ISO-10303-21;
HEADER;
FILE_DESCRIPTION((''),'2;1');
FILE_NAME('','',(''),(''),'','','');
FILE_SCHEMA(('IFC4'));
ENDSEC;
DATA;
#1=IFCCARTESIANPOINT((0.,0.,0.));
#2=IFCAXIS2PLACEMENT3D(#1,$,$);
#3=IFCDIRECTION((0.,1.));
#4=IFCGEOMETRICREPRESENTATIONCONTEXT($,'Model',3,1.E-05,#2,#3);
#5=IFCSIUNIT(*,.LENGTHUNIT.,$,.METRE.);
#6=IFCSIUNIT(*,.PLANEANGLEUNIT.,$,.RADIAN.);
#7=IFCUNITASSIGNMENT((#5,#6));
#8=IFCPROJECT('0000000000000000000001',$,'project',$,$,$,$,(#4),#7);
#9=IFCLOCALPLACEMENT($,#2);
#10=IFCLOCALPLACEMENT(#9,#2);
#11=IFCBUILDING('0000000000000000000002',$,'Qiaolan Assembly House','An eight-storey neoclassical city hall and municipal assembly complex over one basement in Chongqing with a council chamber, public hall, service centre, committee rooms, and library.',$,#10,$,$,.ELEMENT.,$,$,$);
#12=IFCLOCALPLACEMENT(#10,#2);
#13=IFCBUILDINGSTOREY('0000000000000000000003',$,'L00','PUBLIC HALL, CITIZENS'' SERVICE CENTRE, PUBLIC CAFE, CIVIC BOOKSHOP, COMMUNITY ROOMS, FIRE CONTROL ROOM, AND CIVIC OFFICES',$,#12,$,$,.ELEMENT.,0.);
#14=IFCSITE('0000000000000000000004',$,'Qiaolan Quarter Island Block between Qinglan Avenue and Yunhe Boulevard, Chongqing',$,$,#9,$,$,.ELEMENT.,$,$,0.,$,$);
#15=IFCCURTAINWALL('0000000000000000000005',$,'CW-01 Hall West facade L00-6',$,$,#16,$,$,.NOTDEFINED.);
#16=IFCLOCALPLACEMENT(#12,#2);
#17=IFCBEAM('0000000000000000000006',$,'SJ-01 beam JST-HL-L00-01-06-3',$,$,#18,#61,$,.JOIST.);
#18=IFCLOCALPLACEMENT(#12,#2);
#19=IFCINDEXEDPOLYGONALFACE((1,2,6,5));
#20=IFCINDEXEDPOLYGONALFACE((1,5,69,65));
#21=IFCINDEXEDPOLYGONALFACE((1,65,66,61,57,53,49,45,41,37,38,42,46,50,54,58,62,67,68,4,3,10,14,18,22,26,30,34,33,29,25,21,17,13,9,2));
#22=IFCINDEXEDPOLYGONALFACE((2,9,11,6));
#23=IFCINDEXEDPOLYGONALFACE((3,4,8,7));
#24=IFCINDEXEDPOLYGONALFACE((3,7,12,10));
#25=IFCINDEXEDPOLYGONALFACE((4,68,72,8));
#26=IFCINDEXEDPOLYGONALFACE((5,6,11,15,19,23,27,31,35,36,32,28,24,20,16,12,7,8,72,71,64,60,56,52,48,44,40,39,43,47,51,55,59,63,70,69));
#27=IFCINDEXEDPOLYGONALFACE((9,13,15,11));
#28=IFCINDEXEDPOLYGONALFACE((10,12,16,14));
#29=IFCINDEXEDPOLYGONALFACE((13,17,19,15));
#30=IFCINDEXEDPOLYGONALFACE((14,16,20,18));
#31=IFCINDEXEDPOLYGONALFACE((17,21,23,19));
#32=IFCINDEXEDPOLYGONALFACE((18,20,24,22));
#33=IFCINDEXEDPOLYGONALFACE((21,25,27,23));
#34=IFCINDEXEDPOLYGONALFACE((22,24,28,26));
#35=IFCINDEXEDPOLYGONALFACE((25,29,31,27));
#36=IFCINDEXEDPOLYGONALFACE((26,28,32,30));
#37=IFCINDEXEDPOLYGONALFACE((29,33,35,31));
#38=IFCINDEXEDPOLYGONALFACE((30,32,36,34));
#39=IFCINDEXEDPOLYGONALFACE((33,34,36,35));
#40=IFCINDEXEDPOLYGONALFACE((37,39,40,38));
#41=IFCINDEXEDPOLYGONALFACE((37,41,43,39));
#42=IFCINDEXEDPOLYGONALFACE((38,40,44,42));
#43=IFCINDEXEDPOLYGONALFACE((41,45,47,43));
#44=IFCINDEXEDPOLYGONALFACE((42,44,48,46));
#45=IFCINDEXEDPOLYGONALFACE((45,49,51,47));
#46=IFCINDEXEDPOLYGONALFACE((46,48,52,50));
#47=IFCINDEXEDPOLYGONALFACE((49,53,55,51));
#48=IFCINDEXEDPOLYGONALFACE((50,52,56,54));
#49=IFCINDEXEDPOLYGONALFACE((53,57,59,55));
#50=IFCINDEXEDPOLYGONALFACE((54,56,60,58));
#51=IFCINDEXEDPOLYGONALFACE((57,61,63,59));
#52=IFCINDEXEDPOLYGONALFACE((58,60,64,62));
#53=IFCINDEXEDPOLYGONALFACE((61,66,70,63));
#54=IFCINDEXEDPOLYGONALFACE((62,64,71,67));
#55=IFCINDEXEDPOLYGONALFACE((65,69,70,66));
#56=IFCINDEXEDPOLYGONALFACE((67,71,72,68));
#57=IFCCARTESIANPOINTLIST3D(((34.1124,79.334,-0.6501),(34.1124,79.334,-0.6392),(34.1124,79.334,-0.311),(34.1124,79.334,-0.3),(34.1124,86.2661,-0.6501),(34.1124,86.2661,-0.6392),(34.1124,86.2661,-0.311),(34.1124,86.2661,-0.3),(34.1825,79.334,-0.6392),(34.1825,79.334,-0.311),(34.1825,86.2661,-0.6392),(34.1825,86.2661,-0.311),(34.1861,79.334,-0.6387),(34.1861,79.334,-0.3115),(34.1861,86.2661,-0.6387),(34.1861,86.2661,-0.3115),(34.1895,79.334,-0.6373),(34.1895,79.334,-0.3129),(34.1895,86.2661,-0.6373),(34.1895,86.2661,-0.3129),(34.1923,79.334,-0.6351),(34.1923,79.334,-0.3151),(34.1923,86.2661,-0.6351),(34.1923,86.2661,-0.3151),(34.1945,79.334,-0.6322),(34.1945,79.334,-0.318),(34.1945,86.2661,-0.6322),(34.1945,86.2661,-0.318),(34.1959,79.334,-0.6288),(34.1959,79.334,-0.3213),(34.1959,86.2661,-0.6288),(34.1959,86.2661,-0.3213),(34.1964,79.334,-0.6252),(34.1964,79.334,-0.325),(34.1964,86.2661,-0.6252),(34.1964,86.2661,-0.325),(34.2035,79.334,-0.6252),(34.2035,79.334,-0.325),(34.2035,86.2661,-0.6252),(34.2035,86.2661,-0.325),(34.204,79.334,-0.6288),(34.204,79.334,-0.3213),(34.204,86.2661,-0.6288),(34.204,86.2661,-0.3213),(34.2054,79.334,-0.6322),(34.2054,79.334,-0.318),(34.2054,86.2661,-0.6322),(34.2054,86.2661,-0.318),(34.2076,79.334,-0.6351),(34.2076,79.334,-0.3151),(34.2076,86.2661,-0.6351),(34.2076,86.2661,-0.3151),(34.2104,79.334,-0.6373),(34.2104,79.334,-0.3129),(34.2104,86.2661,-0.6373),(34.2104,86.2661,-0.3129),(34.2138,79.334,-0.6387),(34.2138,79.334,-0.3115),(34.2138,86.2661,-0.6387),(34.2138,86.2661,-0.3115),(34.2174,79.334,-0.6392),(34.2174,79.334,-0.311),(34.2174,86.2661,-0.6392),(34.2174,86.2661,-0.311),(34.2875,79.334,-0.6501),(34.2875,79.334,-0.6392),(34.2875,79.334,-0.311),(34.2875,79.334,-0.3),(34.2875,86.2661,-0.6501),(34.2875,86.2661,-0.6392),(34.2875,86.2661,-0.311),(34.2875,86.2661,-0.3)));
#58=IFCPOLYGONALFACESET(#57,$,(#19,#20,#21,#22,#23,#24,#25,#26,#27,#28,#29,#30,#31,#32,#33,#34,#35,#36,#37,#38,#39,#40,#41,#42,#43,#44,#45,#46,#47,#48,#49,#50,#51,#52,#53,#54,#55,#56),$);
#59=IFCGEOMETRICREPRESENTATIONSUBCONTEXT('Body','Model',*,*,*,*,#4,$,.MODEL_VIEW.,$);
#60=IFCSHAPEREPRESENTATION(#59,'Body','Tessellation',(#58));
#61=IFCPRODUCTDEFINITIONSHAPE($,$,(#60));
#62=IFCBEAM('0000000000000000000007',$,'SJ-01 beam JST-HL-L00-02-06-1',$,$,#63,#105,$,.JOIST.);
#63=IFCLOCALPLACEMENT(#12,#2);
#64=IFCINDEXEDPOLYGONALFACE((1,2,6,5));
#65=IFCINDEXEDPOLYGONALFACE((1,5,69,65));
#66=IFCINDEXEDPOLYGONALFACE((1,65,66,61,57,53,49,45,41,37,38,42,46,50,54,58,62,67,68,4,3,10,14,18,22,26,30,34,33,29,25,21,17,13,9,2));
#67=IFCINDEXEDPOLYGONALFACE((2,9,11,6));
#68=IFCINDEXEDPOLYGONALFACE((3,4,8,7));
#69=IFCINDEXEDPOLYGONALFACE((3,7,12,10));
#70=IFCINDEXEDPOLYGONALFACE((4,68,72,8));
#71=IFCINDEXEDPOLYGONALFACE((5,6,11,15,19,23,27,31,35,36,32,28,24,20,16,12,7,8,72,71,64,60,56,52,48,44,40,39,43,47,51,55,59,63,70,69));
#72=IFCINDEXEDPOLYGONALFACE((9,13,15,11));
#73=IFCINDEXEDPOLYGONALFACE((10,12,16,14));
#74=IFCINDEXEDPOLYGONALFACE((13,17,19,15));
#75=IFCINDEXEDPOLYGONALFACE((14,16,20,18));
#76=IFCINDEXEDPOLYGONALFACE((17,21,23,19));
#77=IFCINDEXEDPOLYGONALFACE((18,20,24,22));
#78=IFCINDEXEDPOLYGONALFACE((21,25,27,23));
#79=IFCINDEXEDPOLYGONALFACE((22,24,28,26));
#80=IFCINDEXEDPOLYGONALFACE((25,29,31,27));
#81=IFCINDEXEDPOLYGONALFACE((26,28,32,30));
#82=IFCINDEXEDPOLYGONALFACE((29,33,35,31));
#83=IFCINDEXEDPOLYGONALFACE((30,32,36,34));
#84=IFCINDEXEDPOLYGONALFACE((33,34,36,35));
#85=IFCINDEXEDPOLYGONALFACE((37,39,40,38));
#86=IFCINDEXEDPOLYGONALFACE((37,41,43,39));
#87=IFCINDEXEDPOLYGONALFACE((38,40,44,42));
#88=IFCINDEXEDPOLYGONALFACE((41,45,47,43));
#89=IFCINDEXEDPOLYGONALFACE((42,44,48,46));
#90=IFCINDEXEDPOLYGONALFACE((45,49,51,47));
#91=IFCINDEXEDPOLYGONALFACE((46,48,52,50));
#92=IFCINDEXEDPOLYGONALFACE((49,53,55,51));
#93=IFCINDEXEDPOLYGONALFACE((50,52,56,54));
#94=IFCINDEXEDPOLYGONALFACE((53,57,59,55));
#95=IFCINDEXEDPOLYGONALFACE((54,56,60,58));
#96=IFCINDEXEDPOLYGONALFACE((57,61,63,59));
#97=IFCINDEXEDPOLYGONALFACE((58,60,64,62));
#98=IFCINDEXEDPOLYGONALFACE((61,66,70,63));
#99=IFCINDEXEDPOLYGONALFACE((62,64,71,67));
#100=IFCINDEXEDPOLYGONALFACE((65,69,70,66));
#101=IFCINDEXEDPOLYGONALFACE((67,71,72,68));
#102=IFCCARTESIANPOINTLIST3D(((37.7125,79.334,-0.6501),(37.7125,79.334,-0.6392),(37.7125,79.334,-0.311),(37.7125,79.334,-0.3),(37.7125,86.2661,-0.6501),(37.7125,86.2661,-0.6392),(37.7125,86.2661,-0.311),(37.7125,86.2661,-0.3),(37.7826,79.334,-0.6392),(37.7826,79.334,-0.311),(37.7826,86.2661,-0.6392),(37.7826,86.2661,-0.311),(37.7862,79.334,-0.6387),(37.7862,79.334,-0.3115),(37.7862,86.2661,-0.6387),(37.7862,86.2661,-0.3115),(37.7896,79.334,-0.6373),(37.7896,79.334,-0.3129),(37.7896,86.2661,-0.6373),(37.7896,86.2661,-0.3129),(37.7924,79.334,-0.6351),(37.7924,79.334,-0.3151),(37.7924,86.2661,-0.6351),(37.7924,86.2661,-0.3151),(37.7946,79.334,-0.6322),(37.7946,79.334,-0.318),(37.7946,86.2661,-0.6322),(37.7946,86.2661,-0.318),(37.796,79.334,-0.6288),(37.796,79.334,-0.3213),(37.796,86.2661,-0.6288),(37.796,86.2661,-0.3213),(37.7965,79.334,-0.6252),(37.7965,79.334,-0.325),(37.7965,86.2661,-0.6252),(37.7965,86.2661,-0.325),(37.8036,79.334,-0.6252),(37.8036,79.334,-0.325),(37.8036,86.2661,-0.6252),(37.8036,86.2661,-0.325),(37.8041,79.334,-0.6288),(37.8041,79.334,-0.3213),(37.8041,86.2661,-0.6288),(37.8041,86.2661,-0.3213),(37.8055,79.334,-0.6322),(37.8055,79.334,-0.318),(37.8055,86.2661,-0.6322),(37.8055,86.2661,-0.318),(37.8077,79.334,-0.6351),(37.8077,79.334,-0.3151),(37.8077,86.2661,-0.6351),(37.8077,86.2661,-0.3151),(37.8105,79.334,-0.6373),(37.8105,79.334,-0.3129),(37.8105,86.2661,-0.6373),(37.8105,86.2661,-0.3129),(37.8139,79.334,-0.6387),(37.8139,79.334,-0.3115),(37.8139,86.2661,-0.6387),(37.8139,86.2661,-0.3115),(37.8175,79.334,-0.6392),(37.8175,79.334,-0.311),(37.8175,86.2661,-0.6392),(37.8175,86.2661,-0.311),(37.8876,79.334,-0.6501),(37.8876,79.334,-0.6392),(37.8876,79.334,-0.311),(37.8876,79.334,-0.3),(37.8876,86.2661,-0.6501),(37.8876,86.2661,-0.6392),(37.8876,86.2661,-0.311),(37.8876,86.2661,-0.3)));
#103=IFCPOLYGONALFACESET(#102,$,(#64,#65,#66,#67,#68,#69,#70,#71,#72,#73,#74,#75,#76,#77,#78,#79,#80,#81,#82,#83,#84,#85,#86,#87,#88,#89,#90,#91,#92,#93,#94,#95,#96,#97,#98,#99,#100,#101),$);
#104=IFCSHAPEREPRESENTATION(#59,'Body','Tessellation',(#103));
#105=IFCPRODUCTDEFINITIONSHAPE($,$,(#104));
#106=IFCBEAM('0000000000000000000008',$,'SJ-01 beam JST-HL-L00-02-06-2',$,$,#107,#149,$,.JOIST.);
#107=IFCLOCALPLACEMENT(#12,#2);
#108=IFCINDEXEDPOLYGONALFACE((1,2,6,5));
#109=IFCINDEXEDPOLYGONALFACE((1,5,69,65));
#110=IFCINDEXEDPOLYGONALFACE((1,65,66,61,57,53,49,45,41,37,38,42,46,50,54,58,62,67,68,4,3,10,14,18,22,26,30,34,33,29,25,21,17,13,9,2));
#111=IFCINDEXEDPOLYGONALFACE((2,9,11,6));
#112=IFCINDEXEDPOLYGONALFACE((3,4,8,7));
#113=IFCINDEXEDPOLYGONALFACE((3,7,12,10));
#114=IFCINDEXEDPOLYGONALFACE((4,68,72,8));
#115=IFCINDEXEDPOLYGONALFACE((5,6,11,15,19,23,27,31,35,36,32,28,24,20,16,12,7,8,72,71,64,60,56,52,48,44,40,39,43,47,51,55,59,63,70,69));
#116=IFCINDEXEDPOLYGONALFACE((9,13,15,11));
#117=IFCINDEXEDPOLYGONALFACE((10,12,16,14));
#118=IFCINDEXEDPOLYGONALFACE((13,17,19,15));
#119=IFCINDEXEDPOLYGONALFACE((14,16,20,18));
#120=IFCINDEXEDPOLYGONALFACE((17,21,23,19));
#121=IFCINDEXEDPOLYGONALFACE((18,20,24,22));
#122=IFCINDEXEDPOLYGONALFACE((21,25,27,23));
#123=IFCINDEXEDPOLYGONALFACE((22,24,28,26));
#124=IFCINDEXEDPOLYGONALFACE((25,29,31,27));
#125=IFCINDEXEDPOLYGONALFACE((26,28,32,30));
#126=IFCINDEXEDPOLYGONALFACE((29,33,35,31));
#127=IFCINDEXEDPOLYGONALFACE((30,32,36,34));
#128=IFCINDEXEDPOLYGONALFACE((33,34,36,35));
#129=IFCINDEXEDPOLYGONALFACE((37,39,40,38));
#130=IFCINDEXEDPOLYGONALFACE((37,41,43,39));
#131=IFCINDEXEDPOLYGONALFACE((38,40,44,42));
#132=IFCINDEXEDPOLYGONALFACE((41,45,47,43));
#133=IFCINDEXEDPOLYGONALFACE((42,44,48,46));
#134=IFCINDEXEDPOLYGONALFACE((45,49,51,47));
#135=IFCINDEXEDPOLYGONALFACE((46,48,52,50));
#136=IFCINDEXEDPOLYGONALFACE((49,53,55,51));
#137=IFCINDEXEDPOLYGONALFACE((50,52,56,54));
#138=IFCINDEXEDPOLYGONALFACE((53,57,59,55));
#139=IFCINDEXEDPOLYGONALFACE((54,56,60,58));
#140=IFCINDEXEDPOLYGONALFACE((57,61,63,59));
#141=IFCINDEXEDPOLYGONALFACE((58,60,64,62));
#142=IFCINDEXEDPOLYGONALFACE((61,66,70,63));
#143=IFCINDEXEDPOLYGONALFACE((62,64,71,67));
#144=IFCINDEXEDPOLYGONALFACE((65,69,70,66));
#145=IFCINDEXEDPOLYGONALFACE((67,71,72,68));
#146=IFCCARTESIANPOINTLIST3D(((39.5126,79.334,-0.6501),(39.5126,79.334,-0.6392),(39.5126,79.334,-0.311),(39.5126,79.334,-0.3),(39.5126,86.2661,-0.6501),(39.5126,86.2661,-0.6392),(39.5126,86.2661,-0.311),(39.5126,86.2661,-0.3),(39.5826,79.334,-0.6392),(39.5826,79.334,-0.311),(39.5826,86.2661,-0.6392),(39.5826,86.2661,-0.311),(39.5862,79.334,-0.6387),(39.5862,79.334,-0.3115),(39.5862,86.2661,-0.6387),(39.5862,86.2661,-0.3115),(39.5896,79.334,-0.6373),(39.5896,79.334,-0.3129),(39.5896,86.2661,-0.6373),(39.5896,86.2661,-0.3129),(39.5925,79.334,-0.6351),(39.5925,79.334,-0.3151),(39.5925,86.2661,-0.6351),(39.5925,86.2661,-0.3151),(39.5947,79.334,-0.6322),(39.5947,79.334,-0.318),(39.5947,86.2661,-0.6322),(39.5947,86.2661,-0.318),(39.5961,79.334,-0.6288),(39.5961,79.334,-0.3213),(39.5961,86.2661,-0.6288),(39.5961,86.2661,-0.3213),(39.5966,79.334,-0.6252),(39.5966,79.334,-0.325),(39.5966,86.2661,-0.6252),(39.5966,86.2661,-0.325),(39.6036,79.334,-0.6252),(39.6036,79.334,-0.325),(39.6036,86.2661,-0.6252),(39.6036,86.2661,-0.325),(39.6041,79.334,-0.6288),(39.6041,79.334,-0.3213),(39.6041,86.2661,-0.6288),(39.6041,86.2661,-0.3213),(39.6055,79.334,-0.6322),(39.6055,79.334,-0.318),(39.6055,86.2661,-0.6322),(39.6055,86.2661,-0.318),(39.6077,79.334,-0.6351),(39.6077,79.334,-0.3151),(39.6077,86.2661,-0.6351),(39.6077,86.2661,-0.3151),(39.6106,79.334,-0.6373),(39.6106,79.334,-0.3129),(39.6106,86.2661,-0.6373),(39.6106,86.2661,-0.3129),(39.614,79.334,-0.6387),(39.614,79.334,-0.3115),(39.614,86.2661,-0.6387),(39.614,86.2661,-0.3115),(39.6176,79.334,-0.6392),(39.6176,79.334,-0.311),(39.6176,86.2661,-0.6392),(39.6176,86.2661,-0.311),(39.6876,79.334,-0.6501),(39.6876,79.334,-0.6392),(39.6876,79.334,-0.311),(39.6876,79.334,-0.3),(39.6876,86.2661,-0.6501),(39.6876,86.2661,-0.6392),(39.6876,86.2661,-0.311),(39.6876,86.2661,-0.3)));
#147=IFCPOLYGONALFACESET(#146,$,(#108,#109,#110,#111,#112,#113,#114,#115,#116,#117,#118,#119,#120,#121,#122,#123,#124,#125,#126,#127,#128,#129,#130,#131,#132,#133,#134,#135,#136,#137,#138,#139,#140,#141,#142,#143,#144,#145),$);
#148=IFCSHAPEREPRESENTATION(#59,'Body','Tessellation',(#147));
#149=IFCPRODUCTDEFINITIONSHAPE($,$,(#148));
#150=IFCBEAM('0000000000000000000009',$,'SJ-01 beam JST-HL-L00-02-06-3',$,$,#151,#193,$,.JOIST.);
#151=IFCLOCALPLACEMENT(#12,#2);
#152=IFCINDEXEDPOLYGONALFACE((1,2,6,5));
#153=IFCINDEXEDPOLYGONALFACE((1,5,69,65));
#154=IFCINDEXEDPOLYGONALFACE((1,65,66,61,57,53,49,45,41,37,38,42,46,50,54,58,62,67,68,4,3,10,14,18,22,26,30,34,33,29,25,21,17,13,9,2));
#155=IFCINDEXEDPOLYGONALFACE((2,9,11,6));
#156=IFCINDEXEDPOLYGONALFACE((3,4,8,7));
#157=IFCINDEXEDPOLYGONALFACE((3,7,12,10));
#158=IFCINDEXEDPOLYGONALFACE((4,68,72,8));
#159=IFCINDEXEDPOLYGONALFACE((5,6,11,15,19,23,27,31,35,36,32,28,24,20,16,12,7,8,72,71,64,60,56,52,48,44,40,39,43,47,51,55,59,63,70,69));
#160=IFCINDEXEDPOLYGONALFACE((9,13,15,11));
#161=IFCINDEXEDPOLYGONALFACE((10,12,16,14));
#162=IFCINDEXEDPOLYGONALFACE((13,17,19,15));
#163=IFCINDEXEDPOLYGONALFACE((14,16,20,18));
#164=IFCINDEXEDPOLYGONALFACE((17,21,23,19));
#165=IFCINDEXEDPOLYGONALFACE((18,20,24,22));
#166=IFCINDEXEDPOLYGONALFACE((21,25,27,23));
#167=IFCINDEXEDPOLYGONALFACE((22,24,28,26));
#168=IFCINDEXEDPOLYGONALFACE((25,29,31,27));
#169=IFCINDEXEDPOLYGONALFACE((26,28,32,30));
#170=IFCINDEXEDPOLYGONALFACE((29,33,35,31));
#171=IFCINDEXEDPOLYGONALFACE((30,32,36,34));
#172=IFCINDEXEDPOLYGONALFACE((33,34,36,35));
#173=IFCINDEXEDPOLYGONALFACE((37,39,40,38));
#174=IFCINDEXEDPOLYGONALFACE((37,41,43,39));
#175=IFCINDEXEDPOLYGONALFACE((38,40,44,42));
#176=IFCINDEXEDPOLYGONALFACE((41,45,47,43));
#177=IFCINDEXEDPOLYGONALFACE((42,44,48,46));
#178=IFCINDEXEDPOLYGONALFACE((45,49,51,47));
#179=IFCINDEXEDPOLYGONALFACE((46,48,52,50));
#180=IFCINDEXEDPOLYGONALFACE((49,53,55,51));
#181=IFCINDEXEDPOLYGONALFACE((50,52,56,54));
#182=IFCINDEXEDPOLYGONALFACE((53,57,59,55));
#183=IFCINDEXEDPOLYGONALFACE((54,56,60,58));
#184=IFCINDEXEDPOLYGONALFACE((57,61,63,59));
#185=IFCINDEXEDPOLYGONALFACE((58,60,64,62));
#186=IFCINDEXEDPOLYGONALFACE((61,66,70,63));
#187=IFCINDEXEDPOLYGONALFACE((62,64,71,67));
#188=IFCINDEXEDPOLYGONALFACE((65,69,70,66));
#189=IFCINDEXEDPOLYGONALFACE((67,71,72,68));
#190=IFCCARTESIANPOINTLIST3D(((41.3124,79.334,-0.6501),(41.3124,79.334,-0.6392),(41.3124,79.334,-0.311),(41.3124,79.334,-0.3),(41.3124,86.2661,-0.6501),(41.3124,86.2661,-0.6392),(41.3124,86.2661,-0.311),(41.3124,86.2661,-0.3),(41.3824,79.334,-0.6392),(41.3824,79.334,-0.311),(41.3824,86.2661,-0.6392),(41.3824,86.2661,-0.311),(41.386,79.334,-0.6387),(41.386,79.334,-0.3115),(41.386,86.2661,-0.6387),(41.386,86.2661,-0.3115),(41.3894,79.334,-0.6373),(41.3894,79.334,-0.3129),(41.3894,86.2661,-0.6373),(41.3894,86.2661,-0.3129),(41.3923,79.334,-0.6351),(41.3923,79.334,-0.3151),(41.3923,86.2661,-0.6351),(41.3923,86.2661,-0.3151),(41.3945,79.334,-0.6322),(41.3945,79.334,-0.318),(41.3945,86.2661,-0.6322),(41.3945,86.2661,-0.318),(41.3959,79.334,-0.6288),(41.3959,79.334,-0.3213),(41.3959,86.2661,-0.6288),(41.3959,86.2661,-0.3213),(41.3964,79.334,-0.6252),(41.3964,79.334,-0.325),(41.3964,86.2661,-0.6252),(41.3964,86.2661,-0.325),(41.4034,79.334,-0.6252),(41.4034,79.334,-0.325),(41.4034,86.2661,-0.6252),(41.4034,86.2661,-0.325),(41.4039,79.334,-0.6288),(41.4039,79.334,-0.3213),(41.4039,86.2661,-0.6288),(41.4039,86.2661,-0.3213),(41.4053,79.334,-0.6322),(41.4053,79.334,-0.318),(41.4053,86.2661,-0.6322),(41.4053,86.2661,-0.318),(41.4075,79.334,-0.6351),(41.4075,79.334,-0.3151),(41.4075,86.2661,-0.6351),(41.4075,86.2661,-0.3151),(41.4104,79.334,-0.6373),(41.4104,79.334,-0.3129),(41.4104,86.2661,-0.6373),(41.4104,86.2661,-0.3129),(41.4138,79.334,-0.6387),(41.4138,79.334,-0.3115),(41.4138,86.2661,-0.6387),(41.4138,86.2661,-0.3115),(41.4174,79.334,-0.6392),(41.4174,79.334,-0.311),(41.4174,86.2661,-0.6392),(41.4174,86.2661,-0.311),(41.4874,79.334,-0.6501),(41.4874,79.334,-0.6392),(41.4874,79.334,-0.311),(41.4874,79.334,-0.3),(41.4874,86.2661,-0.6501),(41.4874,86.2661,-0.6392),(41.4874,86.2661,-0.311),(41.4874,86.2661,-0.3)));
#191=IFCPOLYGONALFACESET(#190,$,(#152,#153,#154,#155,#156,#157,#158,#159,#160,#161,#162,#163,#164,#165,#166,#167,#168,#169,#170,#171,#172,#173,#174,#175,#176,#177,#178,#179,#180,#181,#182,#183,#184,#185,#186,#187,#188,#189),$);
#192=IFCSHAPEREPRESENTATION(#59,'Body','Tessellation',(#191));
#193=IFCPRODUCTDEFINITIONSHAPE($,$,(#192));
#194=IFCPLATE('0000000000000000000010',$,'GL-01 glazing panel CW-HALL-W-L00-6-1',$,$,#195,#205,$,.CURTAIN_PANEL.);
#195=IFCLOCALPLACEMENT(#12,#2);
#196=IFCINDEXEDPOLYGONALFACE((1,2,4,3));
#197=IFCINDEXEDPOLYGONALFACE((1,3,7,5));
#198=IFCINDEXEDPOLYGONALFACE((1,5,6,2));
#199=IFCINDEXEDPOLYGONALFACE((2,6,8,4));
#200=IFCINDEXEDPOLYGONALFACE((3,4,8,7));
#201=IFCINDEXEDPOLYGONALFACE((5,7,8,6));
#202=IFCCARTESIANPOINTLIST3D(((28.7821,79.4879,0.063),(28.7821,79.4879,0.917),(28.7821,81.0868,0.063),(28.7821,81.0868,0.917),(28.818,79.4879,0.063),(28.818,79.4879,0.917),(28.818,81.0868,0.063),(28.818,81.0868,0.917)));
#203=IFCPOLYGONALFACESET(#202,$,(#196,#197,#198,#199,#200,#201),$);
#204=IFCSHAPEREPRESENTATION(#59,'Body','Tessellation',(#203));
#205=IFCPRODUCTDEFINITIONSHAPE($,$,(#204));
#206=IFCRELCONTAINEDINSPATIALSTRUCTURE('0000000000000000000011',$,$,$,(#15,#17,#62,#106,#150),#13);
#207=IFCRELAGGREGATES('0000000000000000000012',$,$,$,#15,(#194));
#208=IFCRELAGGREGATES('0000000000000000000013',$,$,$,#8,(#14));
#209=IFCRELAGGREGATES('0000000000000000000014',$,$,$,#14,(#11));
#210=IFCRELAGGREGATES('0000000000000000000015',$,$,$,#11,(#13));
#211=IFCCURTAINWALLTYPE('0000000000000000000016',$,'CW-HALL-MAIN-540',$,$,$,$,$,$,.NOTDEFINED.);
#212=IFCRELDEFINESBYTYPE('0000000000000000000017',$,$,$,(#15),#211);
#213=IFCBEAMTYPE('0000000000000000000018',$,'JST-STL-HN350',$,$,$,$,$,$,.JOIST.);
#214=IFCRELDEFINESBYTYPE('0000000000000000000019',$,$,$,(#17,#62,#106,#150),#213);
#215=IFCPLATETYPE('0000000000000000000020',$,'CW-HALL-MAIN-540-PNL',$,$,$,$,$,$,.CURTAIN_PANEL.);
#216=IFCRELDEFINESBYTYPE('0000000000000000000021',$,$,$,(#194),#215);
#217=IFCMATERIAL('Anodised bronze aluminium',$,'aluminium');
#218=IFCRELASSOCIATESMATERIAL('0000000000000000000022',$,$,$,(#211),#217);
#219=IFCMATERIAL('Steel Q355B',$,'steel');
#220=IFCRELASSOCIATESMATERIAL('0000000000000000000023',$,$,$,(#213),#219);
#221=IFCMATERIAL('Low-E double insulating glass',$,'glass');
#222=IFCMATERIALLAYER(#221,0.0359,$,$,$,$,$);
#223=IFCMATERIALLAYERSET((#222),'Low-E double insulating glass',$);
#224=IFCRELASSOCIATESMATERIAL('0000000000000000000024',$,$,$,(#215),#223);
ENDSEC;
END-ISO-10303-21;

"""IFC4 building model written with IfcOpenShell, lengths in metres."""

from ifc_helpers import new_model, si_unit, direction, frame, frame_2d, origin, origin_2d, place, context, subcontext, project, spatial, rectangle, i_section, extrude, material, layer, layer_set, material_profile, profile_set, type_object, element, aggregate, save


model = new_model("IFC4")

# Units and contexts
model_context = context("Model", 3, precision=1e-05, world=origin(), true_north=direction((0.0, 1.0)))
body_context = subcontext(model_context, "Body", "Model", "MODEL_VIEW")
ifc_project = project(units=[si_unit("LENGTHUNIT", "METRE"), si_unit("PLANEANGLEUNIT", "RADIAN")], contexts=[model_context])

# Site, building, storey
site_placement = place(None, origin())
site = spatial("IfcSite", under=ifc_project, at=site_placement, Name="Qiaolan Quarter Island Block between Qinglan Avenue and Yunhe Boulevard, Chongqing", CompositionType="ELEMENT", RefElevation=0.0)
building_placement = place(site_placement, origin())
building = spatial("IfcBuilding", under=site, at=building_placement, Name="Qiaolan Assembly House", Description="An eight-storey neoclassical city hall and municipal assembly complex over one basement in Chongqing with a council chamber, public hall, service centre, committee rooms, and library.", CompositionType="ELEMENT")
storey_placement = place(building_placement, origin())
storey = spatial("IfcBuildingStorey", under=building, at=storey_placement, Name="L00", Description="PUBLIC HALL, CITIZENS' SERVICE CENTRE, PUBLIC CAFE, CIVIC BOOKSHOP, COMMUNITY ROOMS, FIRE CONTROL ROOM, AND CIVIC OFFICES", CompositionType="ELEMENT", Elevation=0.0)

# Shared definitions
ifc_material_1 = material(Name="Steel Q355B", Category="steel")

# Shared definitions
ifc_material_2 = material(Name="Anodised bronze aluminium", Category="aluminium")
curtain_wall_type = type_object("IfcCurtainWallType", Name="CW-HALL-MAIN-540", PredefinedType="NOTDEFINED", material=ifc_material_2)

# Curtain wall
curtain_wall_1_placement = place(storey_placement, origin())
curtain_wall_1 = element("IfcCurtainWall", 1, at=curtain_wall_1_placement, inside=storey, type_object=curtain_wall_type, Name="CW-01 Hall West facade L00-6", PredefinedType="NOTDEFINED")

# Beams
ifc_material_profile_1 = material_profile(ifc_material_1, i_section(OverallWidth=0.175, OverallDepth=0.3501, WebThickness=0.0071, FlangeThickness=0.011, FilletRadius=0.0139, at=origin_2d()), Name="HN 350x175x7x11")
ifc_profile_set_1 = profile_set([ifc_material_profile_1], Name="Steel Q355B")
beam_type_1 = type_object("IfcBeamType", Name="JST-STL-HN350", PredefinedType="JOIST", material=ifc_profile_set_1)
for number, where, z_axis, x_axis, name in (
    (2, (34.2, 79.334, -0.4751), (0.0, 1.0, 0.0), (-1.0, 0.0, 0.0), "SJ-01 beam JST-HL-L00-01-06-3"),
    (3, (37.8, 79.334, -0.4751), (0.0, 1.0, 0.0), (-1.0, 0.0, 0.0), "SJ-01 beam JST-HL-L00-02-06-1"),
    (4, (39.6001, 79.334, -0.4751), (0.0, 1.0, 0.0), (-1.0, 0.0, 0.0), "SJ-01 beam JST-HL-L00-02-06-2"),
    (5, (41.3999, 79.334, -0.4751), (0.0, 1.0, 0.0), (-1.0, 0.0, 0.0), "SJ-01 beam JST-HL-L00-02-06-3"),
):
    element("IfcBeam", number, at=place(storey_placement, frame(where, z_axis=z_axis, x_axis=x_axis)), inside=storey, type_object=beam_type_1, Name=name, PredefinedType="JOIST", context=body_context, shape_type="SweptSolid", body=[
        extrude(i_section(OverallWidth=0.175, OverallDepth=0.3501, WebThickness=0.0071, FlangeThickness=0.011, FilletRadius=0.0139, at=origin_2d()), origin(), (0.0, 0.0, 1.0), 6.9321),
    ])

# Plate
ifc_material_3 = material(Name="Low-E double insulating glass", Category="glass")
ifc_layer_1 = layer(ifc_material_3, 0.0359)
ifc_layer_set_1 = layer_set([ifc_layer_1], Name="Low-E double insulating glass")
plate_type_1 = type_object("IfcPlateType", Name="CW-HALL-MAIN-540-PNL", PredefinedType="CURTAIN_PANEL", material=ifc_layer_set_1)
plate_1_placement = place(storey_placement, frame((28.8, 79.488, 0.063), z_axis=(0.0, 0.0, 1.0), x_axis=(0.0, 1.0, 0.0)))
plate_1 = element("IfcPlate", 6, at=plate_1_placement, type_object=plate_type_1, Name="GL-01 glazing panel CW-HALL-W-L00-6-1", PredefinedType="CURTAIN_PANEL", context=body_context, shape_type="SweptSolid", body=[
    extrude(rectangle(XDim=1.5989, YDim=0.0359, at=frame_2d((0.7993, 0.0))), origin(), (0.0, 0.0, 1.0), 0.854),
])
aggregate(curtain_wall_1, [plate_1])

save(model, "model.ifc")
